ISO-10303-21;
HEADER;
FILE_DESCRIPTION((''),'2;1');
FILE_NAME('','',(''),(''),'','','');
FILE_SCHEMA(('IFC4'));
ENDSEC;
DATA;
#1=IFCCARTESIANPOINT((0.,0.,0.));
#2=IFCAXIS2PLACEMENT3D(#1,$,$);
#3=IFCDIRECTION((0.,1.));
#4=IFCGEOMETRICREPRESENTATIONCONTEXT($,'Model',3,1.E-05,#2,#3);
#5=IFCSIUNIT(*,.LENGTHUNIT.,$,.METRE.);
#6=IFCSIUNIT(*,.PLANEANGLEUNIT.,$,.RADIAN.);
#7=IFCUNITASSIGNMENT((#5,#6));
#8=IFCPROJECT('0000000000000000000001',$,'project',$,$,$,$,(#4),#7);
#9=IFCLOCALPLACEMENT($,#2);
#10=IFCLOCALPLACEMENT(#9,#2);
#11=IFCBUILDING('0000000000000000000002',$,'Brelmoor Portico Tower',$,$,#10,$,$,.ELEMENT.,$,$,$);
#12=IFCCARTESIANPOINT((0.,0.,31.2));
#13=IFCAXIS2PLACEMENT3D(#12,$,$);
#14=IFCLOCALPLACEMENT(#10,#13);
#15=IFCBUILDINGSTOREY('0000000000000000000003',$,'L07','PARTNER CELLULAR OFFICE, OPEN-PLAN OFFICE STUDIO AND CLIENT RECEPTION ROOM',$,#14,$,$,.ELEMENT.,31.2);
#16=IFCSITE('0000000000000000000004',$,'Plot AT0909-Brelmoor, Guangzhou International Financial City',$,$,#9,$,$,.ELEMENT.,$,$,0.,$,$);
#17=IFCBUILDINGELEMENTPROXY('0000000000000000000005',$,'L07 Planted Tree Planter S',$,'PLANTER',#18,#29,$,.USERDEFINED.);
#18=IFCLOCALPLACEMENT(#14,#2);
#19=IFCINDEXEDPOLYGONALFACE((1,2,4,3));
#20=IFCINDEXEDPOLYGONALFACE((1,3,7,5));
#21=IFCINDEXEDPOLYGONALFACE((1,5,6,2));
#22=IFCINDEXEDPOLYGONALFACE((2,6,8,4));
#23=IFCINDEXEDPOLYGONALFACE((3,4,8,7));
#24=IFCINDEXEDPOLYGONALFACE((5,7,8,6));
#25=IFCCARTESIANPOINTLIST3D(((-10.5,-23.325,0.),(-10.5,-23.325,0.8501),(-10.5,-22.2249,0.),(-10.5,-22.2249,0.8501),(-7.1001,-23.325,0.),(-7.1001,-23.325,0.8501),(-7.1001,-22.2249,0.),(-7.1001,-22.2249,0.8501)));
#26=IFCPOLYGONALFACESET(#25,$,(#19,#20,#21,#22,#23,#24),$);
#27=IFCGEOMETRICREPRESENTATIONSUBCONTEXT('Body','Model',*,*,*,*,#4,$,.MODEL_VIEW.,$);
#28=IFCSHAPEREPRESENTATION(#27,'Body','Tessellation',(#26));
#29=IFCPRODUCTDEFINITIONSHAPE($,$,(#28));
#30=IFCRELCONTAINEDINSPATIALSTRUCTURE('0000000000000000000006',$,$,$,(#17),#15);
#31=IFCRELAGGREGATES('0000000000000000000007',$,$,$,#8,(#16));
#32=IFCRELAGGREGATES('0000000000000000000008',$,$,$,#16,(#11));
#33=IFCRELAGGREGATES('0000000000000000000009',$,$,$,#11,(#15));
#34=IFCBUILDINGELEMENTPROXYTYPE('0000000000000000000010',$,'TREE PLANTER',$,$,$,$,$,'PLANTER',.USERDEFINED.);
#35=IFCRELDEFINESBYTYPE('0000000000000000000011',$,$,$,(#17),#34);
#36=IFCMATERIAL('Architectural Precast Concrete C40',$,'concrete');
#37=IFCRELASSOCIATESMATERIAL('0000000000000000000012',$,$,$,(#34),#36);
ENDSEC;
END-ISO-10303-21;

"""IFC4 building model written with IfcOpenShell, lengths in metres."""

from ifc_helpers import new_model, si_unit, direction, frame, origin, origin_2d, place, context, subcontext, project, spatial, rectangle, extrude, material, type_object, element, save


model = new_model("IFC4")

# Units and contexts
model_context = context("Model", 3, precision=1e-05, world=origin(), true_north=direction((0.0, 1.0)))
body_context = subcontext(model_context, "Body", "Model", "MODEL_VIEW")
ifc_project = project(units=[si_unit("LENGTHUNIT", "METRE"), si_unit("PLANEANGLEUNIT", "RADIAN")], contexts=[model_context])

# Site, building, storey
site_placement = place(None, origin())
site = spatial("IfcSite", under=ifc_project, at=site_placement, Name="Plot AT0909-Brelmoor, Guangzhou International Financial City", CompositionType="ELEMENT", RefElevation=0.0)
building_placement = place(site_placement, origin())
building = spatial("IfcBuilding", under=site, at=building_placement, Name="Brelmoor Portico Tower", CompositionType="ELEMENT")
storey_placement = place(building_placement, frame((0.0, 0.0, 31.2)))
storey = spatial("IfcBuildingStorey", under=building, at=storey_placement, Name="L07", Description="PARTNER CELLULAR OFFICE, OPEN-PLAN OFFICE STUDIO AND CLIENT RECEPTION ROOM", CompositionType="ELEMENT", Elevation=31.2)

# Building element proxy
ifc_material_1 = material(Name="Architectural Precast Concrete C40", Category="concrete")
building_element_proxy_type = type_object("IfcBuildingElementProxyType", Name="TREE PLANTER", ElementType="PLANTER", PredefinedType="USERDEFINED", material=ifc_material_1)
proxy_placement = place(storey_placement, frame((-8.8, -22.7749, 0.0), z_axis=(0.0, 0.0, 1.0), x_axis=(1.0, 0.0, 0.0)))
element("IfcBuildingElementProxy", 1, at=proxy_placement, inside=storey, type_object=building_element_proxy_type, Name="L07 Planted Tree Planter S", ObjectType="PLANTER", PredefinedType="USERDEFINED", context=body_context, shape_type="SweptSolid", body=[
    extrude(rectangle(XDim=3.3999, YDim=1.1001, at=origin_2d()), origin(), (0.0, 0.0, 1.0), 0.8501),
])

save(model, "model.ifc")
